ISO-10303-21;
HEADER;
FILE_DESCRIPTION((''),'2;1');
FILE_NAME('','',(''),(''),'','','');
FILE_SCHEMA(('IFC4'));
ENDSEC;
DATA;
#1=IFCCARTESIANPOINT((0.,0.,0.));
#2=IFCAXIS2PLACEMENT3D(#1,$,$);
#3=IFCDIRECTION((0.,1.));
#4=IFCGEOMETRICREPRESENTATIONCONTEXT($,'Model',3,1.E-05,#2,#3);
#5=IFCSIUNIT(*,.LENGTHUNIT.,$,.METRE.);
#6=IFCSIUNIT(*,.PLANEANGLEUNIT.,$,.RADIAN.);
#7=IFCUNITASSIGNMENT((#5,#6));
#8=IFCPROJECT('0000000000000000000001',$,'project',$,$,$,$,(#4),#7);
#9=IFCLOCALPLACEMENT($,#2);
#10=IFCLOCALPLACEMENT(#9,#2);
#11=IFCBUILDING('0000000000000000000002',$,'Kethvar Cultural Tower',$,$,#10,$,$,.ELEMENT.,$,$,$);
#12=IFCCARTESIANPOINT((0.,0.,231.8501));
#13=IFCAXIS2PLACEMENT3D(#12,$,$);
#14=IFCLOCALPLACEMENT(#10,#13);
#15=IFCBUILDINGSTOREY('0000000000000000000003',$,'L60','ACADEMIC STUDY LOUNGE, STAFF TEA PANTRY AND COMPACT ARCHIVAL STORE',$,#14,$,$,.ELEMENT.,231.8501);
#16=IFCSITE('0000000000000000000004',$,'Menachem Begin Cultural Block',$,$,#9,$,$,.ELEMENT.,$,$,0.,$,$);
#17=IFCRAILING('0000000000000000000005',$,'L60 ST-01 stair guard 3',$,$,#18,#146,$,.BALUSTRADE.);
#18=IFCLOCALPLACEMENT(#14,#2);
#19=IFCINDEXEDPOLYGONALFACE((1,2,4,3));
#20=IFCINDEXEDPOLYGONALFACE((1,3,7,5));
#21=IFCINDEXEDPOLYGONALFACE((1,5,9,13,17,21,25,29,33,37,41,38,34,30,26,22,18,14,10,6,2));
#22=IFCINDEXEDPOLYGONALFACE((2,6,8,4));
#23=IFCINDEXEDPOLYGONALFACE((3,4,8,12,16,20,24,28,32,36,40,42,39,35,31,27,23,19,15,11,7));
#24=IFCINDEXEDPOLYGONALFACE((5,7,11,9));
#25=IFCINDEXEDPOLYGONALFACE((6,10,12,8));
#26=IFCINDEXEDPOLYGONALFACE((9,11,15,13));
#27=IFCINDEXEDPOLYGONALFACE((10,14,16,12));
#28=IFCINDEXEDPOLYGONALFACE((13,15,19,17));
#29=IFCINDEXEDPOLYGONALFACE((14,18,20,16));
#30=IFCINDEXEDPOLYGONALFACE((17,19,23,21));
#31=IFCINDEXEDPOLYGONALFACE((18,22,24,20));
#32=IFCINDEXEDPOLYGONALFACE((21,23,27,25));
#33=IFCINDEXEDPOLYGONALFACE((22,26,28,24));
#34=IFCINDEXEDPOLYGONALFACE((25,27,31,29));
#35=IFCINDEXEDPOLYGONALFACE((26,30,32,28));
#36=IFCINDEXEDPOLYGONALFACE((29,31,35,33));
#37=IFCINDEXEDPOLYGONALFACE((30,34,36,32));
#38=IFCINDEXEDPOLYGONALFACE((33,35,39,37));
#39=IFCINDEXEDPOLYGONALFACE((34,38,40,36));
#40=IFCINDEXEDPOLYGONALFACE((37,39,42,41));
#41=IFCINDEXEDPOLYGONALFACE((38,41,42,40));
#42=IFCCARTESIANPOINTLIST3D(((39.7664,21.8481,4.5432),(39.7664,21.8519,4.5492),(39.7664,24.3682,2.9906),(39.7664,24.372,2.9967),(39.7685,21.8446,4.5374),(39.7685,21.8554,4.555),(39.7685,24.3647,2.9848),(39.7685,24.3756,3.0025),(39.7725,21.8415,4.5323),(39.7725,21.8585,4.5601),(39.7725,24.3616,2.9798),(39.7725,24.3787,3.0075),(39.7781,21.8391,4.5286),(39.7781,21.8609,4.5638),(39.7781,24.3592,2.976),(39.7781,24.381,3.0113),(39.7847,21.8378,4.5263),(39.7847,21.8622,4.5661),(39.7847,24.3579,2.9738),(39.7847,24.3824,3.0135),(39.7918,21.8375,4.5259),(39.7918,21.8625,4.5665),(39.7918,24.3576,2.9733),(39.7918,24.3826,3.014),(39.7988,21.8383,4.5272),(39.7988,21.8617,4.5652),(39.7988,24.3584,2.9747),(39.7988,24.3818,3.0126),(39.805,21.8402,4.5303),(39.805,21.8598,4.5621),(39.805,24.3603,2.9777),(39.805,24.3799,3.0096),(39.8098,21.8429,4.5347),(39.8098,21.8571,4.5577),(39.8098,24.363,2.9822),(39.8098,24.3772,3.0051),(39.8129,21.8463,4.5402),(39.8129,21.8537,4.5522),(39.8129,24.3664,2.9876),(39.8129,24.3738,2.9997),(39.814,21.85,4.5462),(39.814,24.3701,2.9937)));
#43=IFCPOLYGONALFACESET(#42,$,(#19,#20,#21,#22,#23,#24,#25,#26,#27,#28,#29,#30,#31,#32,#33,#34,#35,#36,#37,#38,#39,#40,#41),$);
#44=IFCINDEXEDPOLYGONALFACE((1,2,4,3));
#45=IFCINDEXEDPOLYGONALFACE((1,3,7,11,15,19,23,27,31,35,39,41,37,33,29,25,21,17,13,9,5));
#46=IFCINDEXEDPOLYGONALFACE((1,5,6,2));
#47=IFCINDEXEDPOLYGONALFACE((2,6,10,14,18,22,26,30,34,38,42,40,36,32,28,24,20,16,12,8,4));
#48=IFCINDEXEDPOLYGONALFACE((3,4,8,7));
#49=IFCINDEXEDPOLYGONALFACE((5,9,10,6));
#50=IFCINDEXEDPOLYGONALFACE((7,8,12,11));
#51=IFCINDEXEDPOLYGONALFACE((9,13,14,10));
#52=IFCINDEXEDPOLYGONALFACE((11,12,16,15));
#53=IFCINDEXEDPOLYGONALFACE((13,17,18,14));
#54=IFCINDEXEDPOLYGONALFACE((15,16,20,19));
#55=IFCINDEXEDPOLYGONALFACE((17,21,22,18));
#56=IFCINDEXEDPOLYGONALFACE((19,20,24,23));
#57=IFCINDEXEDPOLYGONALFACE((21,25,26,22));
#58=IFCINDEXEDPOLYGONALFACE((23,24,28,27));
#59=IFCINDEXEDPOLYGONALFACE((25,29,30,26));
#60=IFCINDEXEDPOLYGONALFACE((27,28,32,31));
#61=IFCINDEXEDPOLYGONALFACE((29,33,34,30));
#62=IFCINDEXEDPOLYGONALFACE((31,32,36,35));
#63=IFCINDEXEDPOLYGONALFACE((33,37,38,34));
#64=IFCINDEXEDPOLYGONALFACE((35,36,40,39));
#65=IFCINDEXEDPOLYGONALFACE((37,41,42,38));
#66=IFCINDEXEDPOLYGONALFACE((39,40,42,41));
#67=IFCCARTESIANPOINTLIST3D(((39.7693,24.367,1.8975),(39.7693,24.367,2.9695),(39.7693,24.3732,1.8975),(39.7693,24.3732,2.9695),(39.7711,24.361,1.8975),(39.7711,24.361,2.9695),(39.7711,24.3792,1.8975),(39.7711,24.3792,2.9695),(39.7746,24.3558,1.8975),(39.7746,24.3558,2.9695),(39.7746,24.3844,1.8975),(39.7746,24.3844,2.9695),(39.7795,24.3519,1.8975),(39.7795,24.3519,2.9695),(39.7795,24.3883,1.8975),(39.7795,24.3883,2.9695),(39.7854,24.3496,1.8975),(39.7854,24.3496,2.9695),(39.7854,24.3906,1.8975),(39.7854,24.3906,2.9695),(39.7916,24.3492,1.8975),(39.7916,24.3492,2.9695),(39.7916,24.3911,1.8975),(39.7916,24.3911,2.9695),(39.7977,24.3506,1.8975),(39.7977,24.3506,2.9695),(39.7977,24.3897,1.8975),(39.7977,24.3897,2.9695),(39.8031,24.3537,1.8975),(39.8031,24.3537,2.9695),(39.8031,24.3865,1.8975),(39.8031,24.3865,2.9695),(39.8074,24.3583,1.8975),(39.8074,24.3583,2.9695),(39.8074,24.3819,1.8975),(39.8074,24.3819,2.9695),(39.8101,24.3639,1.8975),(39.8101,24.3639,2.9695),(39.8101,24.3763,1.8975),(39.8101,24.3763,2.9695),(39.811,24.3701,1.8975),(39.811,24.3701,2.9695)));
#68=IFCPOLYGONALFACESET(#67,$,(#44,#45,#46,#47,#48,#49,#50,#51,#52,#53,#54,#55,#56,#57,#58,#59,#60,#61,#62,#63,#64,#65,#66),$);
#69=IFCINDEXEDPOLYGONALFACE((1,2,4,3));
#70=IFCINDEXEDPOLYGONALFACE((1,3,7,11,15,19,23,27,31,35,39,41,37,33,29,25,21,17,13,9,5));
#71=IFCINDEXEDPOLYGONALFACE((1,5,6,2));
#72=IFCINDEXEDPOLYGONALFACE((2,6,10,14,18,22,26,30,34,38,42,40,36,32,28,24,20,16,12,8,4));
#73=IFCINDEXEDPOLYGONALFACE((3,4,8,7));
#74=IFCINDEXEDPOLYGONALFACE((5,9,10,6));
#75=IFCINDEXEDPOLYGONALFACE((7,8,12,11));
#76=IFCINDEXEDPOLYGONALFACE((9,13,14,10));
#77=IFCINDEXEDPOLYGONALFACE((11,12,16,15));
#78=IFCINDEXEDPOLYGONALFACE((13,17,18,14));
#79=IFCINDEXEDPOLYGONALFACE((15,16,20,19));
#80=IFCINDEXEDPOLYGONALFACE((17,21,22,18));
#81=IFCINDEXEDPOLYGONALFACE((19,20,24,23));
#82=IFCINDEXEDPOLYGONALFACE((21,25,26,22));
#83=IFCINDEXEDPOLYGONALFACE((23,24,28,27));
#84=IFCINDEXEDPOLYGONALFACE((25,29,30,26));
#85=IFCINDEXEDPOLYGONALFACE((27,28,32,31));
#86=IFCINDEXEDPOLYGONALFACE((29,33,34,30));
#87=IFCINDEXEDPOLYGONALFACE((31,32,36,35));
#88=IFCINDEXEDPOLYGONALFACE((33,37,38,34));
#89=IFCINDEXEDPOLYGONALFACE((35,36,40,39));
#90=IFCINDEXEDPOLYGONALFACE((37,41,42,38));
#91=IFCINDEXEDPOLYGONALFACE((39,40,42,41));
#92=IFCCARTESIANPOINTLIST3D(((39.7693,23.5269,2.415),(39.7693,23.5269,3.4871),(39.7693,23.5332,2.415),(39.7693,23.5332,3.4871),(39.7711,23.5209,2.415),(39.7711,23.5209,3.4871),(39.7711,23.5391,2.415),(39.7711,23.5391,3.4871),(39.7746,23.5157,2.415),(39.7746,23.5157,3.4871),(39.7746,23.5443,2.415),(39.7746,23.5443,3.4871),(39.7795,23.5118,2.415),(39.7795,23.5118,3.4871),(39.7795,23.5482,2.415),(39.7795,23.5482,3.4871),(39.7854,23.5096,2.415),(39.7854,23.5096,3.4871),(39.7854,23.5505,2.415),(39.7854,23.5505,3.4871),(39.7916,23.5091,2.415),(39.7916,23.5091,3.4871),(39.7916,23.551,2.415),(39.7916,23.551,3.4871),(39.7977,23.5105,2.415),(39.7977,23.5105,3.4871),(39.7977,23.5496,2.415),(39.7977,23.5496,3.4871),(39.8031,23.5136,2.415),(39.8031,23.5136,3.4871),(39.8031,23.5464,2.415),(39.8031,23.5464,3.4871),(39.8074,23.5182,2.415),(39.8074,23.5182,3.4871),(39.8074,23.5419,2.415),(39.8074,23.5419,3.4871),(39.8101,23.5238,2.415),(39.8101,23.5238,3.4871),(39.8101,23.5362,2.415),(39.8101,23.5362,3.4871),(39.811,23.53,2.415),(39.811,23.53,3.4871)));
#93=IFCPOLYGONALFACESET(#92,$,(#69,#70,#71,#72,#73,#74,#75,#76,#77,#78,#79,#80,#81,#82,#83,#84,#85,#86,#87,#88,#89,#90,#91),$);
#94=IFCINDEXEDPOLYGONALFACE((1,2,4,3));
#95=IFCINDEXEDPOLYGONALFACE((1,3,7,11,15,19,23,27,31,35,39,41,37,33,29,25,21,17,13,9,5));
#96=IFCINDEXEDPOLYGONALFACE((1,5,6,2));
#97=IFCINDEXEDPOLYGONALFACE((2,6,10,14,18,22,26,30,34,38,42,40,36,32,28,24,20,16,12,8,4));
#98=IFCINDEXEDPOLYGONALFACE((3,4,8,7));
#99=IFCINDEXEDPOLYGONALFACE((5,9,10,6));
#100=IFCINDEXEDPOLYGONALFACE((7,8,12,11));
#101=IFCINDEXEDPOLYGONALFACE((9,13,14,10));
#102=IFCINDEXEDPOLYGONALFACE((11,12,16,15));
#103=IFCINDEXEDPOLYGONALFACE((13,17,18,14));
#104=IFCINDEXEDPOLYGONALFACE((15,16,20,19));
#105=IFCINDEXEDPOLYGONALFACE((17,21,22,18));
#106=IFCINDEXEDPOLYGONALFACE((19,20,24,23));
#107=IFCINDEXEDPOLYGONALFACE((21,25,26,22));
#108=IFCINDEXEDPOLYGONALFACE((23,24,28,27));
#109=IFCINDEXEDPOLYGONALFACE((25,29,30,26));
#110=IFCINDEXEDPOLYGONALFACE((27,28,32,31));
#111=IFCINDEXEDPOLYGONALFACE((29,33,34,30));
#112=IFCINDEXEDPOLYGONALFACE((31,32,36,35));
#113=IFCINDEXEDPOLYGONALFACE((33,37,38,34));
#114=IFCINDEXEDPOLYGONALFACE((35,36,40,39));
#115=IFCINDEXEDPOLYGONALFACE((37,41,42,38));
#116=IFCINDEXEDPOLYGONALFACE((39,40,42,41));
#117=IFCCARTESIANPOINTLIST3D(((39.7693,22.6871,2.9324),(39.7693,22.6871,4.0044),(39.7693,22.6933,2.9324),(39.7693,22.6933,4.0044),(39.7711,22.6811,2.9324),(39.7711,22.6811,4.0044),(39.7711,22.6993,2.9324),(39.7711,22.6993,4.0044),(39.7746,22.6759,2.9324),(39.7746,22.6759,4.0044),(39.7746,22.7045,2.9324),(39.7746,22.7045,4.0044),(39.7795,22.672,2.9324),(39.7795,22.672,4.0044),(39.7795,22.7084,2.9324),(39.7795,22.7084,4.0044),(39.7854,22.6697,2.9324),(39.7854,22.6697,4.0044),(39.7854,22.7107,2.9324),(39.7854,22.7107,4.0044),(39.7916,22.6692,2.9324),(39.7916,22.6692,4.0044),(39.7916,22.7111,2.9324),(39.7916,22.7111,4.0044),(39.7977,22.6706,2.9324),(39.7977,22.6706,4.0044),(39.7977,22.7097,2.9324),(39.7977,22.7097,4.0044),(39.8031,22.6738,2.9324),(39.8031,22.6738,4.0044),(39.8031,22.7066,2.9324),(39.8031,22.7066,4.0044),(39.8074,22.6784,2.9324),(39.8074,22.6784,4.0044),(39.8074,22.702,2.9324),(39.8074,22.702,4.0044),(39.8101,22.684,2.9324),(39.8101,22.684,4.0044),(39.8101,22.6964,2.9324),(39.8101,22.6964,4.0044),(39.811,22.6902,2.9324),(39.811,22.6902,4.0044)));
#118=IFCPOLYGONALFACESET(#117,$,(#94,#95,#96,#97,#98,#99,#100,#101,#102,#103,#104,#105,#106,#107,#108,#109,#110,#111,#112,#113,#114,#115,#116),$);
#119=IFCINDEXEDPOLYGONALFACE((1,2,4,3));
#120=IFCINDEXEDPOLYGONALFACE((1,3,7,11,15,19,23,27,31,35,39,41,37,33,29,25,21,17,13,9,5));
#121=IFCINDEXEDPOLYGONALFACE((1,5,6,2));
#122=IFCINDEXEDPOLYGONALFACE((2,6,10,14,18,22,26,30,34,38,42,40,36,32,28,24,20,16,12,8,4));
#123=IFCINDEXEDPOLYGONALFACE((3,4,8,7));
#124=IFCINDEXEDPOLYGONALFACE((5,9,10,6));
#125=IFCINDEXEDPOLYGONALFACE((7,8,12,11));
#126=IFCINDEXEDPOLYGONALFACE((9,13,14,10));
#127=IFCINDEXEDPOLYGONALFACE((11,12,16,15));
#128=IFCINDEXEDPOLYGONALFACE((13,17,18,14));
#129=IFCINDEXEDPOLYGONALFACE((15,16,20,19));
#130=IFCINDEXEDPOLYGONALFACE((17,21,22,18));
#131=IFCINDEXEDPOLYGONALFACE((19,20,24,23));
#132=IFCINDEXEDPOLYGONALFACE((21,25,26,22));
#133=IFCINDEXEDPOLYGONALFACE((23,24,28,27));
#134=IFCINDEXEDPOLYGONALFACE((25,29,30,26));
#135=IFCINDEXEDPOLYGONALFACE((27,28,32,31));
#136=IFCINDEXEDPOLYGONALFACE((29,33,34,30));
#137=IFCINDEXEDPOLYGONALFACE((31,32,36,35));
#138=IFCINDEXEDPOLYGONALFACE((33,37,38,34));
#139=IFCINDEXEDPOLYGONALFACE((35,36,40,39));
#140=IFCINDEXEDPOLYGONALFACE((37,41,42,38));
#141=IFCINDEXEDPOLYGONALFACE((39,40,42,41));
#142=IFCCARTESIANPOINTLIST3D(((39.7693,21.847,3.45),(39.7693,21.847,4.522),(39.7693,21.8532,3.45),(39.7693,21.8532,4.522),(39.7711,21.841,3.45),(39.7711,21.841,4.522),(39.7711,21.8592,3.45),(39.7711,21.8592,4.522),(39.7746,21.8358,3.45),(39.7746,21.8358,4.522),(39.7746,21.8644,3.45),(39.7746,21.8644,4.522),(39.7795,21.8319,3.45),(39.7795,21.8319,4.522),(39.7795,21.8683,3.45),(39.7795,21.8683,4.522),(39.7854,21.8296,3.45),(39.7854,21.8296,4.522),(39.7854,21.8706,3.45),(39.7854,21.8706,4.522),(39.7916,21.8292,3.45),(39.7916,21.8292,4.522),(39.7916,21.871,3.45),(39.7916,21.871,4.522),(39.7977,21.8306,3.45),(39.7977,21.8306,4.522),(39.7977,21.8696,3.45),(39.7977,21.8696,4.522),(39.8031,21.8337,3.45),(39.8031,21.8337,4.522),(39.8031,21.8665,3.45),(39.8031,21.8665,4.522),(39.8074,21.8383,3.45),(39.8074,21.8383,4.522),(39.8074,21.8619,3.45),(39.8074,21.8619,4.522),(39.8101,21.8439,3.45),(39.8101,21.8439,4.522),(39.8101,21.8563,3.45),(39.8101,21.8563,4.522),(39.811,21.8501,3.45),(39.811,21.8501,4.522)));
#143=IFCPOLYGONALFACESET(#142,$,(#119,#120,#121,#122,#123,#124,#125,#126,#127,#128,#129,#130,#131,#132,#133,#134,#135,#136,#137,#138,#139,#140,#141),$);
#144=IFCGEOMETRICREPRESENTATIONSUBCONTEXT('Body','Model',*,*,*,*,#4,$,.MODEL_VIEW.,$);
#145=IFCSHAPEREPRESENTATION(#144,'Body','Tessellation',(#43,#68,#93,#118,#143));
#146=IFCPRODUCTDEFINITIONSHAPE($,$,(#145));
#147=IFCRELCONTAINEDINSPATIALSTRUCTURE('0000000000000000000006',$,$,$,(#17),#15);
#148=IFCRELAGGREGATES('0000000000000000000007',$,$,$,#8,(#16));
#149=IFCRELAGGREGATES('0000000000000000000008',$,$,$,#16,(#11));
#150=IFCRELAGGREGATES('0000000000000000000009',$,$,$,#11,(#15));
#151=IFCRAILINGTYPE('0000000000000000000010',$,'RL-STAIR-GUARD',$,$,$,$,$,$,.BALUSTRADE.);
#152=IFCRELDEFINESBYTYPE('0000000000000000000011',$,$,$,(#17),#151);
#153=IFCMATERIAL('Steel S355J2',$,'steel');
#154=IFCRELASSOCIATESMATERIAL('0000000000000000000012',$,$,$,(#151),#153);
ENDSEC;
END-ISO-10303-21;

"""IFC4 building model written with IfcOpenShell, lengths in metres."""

from ifc_helpers import new_model, si_unit, direction, frame, origin, origin_2d, place, context, subcontext, project, spatial, circle, extrude, material, type_object, element, save


model = new_model("IFC4")

# Units and contexts
model_context = context("Model", 3, precision=1e-05, world=origin(), true_north=direction((0.0, 1.0)))
body_context = subcontext(model_context, "Body", "Model", "MODEL_VIEW")
ifc_project = project(units=[si_unit("LENGTHUNIT", "METRE"), si_unit("PLANEANGLEUNIT", "RADIAN")], contexts=[model_context])

# Site, building, storey
site_placement = place(None, origin())
site = spatial("IfcSite", under=ifc_project, at=site_placement, Name="Menachem Begin Cultural Block", CompositionType="ELEMENT", RefElevation=0.0)
building_placement = place(site_placement, origin())
building = spatial("IfcBuilding", under=site, at=building_placement, Name="Kethvar Cultural Tower", CompositionType="ELEMENT")
storey_placement = place(building_placement, frame((0.0, 0.0, 231.8501)))
storey = spatial("IfcBuildingStorey", under=building, at=storey_placement, Name="L60", Description="ACADEMIC STUDY LOUNGE, STAFF TEA PANTRY AND COMPACT ARCHIVAL STORE", CompositionType="ELEMENT", Elevation=231.8501)

# Shared definitions
ifc_material_1 = material(Name="Steel S355J2", Category="steel")

# Railing
railing_type_1 = type_object("IfcRailingType", Name="RL-STAIR-GUARD", PredefinedType="BALUSTRADE", material=ifc_material_1)
railing_1_placement = place(storey_placement, frame((39.79, 24.3701, 1.8975)))
element("IfcRailing", 1, at=railing_1_placement, inside=storey, type_object=railing_type_1, Name="L60 ST-01 stair guard 3", PredefinedType="BALUSTRADE", context=body_context, shape_type="SweptSolid", body=[
    extrude(circle(Radius=0.0239, at=origin_2d()), frame((0.0, 0.0, 1.0962), z_axis=(0.0, -0.8514, 0.524516), x_axis=(1.0, 0.0, 0.0)), (0.0, 0.0, 1.0), 2.96),
    extrude(circle(Radius=0.021, at=origin_2d()), origin(), (0.0, 0.0, 1.0), 1.072),
    extrude(circle(Radius=0.021, at=origin_2d()), frame((0.0, -0.8401, 0.5176)), (0.0, 0.0, 1.0), 1.072),
    extrude(circle(Radius=0.021, at=origin_2d()), frame((0.0, -1.6799, 1.0349)), (0.0, 0.0, 1.0), 1.072),
    extrude(circle(Radius=0.021, at=origin_2d()), frame((0.0, -2.52, 1.5525)), (0.0, 0.0, 1.0), 1.072),
])

save(model, "model.ifc")
